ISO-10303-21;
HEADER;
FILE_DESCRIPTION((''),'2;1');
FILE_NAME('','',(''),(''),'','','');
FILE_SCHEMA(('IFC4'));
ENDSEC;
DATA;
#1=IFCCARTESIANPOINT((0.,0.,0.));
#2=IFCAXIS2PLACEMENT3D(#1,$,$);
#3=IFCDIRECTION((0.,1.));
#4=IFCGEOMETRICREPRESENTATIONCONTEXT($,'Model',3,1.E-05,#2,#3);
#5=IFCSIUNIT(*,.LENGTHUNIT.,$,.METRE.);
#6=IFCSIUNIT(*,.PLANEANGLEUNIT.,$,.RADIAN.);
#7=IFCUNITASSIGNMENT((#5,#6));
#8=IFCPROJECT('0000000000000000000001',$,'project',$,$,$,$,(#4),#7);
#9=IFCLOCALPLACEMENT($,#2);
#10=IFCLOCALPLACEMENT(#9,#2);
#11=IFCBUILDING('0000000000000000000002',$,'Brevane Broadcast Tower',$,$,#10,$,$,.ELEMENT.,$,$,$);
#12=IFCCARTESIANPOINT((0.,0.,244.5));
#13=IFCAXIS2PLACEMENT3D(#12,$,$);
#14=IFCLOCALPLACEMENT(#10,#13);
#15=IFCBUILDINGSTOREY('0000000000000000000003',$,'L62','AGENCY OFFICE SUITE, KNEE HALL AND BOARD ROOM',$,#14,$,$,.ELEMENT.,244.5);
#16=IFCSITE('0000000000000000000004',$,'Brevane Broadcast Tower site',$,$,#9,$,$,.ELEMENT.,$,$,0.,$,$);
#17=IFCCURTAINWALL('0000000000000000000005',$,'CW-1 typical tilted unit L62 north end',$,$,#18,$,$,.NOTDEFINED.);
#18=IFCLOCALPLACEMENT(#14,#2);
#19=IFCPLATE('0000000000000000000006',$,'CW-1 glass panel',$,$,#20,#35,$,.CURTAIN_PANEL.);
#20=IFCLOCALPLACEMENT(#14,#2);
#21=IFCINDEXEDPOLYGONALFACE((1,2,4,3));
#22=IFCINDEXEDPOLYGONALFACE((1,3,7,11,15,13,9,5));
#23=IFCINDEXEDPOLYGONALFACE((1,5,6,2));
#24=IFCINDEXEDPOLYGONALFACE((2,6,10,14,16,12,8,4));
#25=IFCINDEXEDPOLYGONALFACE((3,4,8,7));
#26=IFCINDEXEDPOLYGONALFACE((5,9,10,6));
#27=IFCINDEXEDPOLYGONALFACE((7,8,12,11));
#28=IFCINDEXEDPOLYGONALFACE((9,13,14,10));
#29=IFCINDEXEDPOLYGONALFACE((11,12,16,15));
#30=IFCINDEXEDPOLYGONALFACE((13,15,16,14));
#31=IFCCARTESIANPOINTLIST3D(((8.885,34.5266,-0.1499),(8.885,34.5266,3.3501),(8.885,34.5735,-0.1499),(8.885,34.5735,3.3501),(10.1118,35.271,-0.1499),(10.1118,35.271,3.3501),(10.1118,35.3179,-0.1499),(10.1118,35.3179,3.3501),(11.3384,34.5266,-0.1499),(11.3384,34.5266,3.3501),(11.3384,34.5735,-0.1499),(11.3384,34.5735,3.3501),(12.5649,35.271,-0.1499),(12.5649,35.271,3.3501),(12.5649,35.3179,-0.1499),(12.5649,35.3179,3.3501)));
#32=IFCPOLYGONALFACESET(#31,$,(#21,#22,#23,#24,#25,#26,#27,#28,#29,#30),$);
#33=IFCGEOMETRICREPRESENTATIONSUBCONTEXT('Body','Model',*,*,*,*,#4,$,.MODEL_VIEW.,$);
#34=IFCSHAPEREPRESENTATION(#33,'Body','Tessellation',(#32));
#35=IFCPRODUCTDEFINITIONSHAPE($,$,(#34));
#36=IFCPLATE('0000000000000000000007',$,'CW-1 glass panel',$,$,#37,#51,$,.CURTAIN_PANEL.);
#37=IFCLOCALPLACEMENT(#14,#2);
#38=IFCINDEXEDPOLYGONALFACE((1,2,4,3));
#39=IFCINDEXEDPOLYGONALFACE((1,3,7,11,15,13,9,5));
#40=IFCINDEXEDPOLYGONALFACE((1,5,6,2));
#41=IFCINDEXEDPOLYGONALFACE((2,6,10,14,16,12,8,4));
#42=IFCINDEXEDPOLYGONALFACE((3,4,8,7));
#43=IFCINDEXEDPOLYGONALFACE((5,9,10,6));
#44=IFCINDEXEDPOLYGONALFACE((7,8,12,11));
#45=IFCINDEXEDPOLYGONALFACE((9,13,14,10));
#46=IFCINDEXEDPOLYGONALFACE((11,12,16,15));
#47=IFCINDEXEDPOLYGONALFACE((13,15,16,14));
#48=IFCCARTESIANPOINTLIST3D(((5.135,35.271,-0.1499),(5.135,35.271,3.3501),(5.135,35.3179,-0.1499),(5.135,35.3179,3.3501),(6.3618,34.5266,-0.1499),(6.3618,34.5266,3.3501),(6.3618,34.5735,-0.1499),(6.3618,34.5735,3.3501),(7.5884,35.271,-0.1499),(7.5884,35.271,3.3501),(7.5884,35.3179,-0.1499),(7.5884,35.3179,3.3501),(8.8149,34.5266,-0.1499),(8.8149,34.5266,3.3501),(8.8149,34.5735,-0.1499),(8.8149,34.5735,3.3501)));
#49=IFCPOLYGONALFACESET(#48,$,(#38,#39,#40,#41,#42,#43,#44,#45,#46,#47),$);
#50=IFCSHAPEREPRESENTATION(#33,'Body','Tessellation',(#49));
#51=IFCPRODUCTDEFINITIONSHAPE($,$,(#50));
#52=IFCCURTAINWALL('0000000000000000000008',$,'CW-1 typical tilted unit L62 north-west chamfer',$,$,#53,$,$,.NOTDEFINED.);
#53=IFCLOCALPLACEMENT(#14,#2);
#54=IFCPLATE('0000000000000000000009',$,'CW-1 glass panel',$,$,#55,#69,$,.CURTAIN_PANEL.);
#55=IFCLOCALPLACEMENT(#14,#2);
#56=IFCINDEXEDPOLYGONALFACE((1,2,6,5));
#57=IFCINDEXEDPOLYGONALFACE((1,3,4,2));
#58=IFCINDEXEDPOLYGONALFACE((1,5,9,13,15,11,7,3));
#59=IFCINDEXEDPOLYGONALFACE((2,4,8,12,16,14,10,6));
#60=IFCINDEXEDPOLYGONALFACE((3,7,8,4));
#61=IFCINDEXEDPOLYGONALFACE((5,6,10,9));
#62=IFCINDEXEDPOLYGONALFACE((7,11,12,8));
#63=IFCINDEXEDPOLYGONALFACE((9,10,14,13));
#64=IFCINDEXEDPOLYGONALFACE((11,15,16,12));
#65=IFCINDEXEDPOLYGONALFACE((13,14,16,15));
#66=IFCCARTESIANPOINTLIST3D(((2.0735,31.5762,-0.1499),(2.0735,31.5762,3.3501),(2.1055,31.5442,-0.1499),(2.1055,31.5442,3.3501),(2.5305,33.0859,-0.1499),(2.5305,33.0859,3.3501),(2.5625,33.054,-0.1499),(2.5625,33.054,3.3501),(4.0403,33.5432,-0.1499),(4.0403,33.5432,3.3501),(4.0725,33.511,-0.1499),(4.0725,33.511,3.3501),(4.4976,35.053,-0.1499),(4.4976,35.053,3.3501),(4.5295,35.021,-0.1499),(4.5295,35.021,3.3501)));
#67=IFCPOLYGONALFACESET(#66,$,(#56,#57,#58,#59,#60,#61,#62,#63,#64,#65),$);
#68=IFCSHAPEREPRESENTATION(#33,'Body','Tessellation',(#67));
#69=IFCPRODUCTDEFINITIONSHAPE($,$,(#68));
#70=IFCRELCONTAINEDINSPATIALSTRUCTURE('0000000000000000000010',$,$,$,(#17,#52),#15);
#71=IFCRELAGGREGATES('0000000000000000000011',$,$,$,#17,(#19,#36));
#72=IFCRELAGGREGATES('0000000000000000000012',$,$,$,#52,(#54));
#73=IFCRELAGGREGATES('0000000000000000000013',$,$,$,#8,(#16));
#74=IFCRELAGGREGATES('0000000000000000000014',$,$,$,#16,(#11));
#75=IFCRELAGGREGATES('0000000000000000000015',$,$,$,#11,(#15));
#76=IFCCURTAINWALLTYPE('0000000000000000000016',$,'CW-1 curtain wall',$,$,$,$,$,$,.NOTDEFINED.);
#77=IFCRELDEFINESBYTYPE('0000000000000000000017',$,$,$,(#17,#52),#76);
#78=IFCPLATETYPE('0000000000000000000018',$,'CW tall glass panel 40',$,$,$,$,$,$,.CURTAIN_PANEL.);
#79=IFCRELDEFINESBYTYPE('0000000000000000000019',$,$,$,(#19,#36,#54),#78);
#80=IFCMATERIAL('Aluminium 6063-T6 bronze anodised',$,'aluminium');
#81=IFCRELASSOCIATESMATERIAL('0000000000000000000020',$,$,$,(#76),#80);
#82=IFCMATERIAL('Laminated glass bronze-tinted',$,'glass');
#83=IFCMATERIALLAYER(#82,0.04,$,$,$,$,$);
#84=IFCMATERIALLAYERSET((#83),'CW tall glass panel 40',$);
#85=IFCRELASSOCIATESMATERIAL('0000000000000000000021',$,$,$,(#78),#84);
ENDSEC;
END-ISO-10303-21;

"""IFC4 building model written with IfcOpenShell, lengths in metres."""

from ifc_helpers import new_model, si_unit, direction, frame, origin, place, context, subcontext, project, spatial, polyline, outline, extrude, material, layer, layer_set, type_object, element, aggregate, save


model = new_model("IFC4")

# Units and contexts
model_context = context("Model", 3, precision=1e-05, world=origin(), true_north=direction((0.0, 1.0)))
body_context = subcontext(model_context, "Body", "Model", "MODEL_VIEW")
ifc_project = project(units=[si_unit("LENGTHUNIT", "METRE"), si_unit("PLANEANGLEUNIT", "RADIAN")], contexts=[model_context])

# Site, building, storey
site_placement = place(None, origin())
site = spatial("IfcSite", under=ifc_project, at=site_placement, Name="Brevane Broadcast Tower site", CompositionType="ELEMENT", RefElevation=0.0)
building_placement = place(site_placement, origin())
building = spatial("IfcBuilding", under=site, at=building_placement, Name="Brevane Broadcast Tower", CompositionType="ELEMENT")
storey_placement = place(building_placement, frame((0.0, 0.0, 244.5)))
storey = spatial("IfcBuildingStorey", under=building, at=storey_placement, Name="L62", Description="AGENCY OFFICE SUITE, KNEE HALL AND BOARD ROOM", CompositionType="ELEMENT", Elevation=244.5)

# Curtain wall, plates
ifc_material_1 = material(Name="Aluminium 6063-T6 bronze anodised", Category="aluminium")
curtain_wall_type = type_object("IfcCurtainWallType", Name="CW-1 curtain wall", PredefinedType="NOTDEFINED", material=ifc_material_1)
ifc_material_2 = material(Name="Laminated glass bronze-tinted", Category="glass")
ifc_layer = layer(ifc_material_2, 0.04)
ifc_layer_set = layer_set([ifc_layer], Name="CW tall glass panel 40")
plate_type = type_object("IfcPlateType", Name="CW tall glass panel 40", PredefinedType="CURTAIN_PANEL", material=ifc_layer_set)
curtain_wall_1_placement = place(storey_placement, origin())
curtain_wall_1 = element("IfcCurtainWall", 1, at=curtain_wall_1_placement, inside=storey, type_object=curtain_wall_type, Name="CW-1 typical tilted unit L62 north end", PredefinedType="NOTDEFINED")
plate_1_placement = place(storey_placement, frame((0.0, 0.0, -0.1499)))
plate_1 = element("IfcPlate", 2, at=plate_1_placement, type_object=plate_type, Name="CW-1 glass panel", PredefinedType="CURTAIN_PANEL", context=body_context, shape_type="SweptSolid", body=[
    extrude(outline(polyline([(12.5649, 35.271), (12.5649, 35.3179), (11.3384, 34.5735), (10.1118, 35.3179), (8.885, 34.5735), (8.885, 34.5266), (10.1118, 35.271), (11.3384, 34.5266), (12.5649, 35.271)])), origin(), (0.0, 0.0, 1.0), 3.5),
])
plate_2_placement = place(storey_placement, frame((0.0, 0.0, -0.1499)))
plate_2 = element("IfcPlate", 3, at=plate_2_placement, type_object=plate_type, Name="CW-1 glass panel", PredefinedType="CURTAIN_PANEL", context=body_context, shape_type="SweptSolid", body=[
    extrude(outline(polyline([(8.8149, 34.5266), (8.8149, 34.5735), (7.5884, 35.3179), (6.3618, 34.5735), (5.135, 35.3179), (5.135, 35.271), (6.3618, 34.5266), (7.5884, 35.271), (8.8149, 34.5266)])), origin(), (0.0, 0.0, 1.0), 3.5),
])
aggregate(curtain_wall_1, [plate_1, plate_2])

# Curtain wall, plate
curtain_wall_2_placement = place(storey_placement, origin())
curtain_wall_2 = element("IfcCurtainWall", 4, at=curtain_wall_2_placement, inside=storey, type_object=curtain_wall_type, Name="CW-1 typical tilted unit L62 north-west chamfer", PredefinedType="NOTDEFINED")
plate_3_placement = place(storey_placement, frame((0.0, 0.0, -0.1499)))
plate_3 = element("IfcPlate", 5, at=plate_3_placement, type_object=plate_type, Name="CW-1 glass panel", PredefinedType="CURTAIN_PANEL", context=body_context, shape_type="SweptSolid", body=[
    extrude(outline(polyline([(4.5295, 35.021), (4.4976, 35.053), (4.0403, 33.5432), (2.5305, 33.0859), (2.0735, 31.5762), (2.1055, 31.5442), (2.5625, 33.054), (4.0725, 33.511), (4.5295, 35.021)])), origin(), (0.0, 0.0, 1.0), 3.5),
])
aggregate(curtain_wall_2, [plate_3])

save(model, "model.ifc")
